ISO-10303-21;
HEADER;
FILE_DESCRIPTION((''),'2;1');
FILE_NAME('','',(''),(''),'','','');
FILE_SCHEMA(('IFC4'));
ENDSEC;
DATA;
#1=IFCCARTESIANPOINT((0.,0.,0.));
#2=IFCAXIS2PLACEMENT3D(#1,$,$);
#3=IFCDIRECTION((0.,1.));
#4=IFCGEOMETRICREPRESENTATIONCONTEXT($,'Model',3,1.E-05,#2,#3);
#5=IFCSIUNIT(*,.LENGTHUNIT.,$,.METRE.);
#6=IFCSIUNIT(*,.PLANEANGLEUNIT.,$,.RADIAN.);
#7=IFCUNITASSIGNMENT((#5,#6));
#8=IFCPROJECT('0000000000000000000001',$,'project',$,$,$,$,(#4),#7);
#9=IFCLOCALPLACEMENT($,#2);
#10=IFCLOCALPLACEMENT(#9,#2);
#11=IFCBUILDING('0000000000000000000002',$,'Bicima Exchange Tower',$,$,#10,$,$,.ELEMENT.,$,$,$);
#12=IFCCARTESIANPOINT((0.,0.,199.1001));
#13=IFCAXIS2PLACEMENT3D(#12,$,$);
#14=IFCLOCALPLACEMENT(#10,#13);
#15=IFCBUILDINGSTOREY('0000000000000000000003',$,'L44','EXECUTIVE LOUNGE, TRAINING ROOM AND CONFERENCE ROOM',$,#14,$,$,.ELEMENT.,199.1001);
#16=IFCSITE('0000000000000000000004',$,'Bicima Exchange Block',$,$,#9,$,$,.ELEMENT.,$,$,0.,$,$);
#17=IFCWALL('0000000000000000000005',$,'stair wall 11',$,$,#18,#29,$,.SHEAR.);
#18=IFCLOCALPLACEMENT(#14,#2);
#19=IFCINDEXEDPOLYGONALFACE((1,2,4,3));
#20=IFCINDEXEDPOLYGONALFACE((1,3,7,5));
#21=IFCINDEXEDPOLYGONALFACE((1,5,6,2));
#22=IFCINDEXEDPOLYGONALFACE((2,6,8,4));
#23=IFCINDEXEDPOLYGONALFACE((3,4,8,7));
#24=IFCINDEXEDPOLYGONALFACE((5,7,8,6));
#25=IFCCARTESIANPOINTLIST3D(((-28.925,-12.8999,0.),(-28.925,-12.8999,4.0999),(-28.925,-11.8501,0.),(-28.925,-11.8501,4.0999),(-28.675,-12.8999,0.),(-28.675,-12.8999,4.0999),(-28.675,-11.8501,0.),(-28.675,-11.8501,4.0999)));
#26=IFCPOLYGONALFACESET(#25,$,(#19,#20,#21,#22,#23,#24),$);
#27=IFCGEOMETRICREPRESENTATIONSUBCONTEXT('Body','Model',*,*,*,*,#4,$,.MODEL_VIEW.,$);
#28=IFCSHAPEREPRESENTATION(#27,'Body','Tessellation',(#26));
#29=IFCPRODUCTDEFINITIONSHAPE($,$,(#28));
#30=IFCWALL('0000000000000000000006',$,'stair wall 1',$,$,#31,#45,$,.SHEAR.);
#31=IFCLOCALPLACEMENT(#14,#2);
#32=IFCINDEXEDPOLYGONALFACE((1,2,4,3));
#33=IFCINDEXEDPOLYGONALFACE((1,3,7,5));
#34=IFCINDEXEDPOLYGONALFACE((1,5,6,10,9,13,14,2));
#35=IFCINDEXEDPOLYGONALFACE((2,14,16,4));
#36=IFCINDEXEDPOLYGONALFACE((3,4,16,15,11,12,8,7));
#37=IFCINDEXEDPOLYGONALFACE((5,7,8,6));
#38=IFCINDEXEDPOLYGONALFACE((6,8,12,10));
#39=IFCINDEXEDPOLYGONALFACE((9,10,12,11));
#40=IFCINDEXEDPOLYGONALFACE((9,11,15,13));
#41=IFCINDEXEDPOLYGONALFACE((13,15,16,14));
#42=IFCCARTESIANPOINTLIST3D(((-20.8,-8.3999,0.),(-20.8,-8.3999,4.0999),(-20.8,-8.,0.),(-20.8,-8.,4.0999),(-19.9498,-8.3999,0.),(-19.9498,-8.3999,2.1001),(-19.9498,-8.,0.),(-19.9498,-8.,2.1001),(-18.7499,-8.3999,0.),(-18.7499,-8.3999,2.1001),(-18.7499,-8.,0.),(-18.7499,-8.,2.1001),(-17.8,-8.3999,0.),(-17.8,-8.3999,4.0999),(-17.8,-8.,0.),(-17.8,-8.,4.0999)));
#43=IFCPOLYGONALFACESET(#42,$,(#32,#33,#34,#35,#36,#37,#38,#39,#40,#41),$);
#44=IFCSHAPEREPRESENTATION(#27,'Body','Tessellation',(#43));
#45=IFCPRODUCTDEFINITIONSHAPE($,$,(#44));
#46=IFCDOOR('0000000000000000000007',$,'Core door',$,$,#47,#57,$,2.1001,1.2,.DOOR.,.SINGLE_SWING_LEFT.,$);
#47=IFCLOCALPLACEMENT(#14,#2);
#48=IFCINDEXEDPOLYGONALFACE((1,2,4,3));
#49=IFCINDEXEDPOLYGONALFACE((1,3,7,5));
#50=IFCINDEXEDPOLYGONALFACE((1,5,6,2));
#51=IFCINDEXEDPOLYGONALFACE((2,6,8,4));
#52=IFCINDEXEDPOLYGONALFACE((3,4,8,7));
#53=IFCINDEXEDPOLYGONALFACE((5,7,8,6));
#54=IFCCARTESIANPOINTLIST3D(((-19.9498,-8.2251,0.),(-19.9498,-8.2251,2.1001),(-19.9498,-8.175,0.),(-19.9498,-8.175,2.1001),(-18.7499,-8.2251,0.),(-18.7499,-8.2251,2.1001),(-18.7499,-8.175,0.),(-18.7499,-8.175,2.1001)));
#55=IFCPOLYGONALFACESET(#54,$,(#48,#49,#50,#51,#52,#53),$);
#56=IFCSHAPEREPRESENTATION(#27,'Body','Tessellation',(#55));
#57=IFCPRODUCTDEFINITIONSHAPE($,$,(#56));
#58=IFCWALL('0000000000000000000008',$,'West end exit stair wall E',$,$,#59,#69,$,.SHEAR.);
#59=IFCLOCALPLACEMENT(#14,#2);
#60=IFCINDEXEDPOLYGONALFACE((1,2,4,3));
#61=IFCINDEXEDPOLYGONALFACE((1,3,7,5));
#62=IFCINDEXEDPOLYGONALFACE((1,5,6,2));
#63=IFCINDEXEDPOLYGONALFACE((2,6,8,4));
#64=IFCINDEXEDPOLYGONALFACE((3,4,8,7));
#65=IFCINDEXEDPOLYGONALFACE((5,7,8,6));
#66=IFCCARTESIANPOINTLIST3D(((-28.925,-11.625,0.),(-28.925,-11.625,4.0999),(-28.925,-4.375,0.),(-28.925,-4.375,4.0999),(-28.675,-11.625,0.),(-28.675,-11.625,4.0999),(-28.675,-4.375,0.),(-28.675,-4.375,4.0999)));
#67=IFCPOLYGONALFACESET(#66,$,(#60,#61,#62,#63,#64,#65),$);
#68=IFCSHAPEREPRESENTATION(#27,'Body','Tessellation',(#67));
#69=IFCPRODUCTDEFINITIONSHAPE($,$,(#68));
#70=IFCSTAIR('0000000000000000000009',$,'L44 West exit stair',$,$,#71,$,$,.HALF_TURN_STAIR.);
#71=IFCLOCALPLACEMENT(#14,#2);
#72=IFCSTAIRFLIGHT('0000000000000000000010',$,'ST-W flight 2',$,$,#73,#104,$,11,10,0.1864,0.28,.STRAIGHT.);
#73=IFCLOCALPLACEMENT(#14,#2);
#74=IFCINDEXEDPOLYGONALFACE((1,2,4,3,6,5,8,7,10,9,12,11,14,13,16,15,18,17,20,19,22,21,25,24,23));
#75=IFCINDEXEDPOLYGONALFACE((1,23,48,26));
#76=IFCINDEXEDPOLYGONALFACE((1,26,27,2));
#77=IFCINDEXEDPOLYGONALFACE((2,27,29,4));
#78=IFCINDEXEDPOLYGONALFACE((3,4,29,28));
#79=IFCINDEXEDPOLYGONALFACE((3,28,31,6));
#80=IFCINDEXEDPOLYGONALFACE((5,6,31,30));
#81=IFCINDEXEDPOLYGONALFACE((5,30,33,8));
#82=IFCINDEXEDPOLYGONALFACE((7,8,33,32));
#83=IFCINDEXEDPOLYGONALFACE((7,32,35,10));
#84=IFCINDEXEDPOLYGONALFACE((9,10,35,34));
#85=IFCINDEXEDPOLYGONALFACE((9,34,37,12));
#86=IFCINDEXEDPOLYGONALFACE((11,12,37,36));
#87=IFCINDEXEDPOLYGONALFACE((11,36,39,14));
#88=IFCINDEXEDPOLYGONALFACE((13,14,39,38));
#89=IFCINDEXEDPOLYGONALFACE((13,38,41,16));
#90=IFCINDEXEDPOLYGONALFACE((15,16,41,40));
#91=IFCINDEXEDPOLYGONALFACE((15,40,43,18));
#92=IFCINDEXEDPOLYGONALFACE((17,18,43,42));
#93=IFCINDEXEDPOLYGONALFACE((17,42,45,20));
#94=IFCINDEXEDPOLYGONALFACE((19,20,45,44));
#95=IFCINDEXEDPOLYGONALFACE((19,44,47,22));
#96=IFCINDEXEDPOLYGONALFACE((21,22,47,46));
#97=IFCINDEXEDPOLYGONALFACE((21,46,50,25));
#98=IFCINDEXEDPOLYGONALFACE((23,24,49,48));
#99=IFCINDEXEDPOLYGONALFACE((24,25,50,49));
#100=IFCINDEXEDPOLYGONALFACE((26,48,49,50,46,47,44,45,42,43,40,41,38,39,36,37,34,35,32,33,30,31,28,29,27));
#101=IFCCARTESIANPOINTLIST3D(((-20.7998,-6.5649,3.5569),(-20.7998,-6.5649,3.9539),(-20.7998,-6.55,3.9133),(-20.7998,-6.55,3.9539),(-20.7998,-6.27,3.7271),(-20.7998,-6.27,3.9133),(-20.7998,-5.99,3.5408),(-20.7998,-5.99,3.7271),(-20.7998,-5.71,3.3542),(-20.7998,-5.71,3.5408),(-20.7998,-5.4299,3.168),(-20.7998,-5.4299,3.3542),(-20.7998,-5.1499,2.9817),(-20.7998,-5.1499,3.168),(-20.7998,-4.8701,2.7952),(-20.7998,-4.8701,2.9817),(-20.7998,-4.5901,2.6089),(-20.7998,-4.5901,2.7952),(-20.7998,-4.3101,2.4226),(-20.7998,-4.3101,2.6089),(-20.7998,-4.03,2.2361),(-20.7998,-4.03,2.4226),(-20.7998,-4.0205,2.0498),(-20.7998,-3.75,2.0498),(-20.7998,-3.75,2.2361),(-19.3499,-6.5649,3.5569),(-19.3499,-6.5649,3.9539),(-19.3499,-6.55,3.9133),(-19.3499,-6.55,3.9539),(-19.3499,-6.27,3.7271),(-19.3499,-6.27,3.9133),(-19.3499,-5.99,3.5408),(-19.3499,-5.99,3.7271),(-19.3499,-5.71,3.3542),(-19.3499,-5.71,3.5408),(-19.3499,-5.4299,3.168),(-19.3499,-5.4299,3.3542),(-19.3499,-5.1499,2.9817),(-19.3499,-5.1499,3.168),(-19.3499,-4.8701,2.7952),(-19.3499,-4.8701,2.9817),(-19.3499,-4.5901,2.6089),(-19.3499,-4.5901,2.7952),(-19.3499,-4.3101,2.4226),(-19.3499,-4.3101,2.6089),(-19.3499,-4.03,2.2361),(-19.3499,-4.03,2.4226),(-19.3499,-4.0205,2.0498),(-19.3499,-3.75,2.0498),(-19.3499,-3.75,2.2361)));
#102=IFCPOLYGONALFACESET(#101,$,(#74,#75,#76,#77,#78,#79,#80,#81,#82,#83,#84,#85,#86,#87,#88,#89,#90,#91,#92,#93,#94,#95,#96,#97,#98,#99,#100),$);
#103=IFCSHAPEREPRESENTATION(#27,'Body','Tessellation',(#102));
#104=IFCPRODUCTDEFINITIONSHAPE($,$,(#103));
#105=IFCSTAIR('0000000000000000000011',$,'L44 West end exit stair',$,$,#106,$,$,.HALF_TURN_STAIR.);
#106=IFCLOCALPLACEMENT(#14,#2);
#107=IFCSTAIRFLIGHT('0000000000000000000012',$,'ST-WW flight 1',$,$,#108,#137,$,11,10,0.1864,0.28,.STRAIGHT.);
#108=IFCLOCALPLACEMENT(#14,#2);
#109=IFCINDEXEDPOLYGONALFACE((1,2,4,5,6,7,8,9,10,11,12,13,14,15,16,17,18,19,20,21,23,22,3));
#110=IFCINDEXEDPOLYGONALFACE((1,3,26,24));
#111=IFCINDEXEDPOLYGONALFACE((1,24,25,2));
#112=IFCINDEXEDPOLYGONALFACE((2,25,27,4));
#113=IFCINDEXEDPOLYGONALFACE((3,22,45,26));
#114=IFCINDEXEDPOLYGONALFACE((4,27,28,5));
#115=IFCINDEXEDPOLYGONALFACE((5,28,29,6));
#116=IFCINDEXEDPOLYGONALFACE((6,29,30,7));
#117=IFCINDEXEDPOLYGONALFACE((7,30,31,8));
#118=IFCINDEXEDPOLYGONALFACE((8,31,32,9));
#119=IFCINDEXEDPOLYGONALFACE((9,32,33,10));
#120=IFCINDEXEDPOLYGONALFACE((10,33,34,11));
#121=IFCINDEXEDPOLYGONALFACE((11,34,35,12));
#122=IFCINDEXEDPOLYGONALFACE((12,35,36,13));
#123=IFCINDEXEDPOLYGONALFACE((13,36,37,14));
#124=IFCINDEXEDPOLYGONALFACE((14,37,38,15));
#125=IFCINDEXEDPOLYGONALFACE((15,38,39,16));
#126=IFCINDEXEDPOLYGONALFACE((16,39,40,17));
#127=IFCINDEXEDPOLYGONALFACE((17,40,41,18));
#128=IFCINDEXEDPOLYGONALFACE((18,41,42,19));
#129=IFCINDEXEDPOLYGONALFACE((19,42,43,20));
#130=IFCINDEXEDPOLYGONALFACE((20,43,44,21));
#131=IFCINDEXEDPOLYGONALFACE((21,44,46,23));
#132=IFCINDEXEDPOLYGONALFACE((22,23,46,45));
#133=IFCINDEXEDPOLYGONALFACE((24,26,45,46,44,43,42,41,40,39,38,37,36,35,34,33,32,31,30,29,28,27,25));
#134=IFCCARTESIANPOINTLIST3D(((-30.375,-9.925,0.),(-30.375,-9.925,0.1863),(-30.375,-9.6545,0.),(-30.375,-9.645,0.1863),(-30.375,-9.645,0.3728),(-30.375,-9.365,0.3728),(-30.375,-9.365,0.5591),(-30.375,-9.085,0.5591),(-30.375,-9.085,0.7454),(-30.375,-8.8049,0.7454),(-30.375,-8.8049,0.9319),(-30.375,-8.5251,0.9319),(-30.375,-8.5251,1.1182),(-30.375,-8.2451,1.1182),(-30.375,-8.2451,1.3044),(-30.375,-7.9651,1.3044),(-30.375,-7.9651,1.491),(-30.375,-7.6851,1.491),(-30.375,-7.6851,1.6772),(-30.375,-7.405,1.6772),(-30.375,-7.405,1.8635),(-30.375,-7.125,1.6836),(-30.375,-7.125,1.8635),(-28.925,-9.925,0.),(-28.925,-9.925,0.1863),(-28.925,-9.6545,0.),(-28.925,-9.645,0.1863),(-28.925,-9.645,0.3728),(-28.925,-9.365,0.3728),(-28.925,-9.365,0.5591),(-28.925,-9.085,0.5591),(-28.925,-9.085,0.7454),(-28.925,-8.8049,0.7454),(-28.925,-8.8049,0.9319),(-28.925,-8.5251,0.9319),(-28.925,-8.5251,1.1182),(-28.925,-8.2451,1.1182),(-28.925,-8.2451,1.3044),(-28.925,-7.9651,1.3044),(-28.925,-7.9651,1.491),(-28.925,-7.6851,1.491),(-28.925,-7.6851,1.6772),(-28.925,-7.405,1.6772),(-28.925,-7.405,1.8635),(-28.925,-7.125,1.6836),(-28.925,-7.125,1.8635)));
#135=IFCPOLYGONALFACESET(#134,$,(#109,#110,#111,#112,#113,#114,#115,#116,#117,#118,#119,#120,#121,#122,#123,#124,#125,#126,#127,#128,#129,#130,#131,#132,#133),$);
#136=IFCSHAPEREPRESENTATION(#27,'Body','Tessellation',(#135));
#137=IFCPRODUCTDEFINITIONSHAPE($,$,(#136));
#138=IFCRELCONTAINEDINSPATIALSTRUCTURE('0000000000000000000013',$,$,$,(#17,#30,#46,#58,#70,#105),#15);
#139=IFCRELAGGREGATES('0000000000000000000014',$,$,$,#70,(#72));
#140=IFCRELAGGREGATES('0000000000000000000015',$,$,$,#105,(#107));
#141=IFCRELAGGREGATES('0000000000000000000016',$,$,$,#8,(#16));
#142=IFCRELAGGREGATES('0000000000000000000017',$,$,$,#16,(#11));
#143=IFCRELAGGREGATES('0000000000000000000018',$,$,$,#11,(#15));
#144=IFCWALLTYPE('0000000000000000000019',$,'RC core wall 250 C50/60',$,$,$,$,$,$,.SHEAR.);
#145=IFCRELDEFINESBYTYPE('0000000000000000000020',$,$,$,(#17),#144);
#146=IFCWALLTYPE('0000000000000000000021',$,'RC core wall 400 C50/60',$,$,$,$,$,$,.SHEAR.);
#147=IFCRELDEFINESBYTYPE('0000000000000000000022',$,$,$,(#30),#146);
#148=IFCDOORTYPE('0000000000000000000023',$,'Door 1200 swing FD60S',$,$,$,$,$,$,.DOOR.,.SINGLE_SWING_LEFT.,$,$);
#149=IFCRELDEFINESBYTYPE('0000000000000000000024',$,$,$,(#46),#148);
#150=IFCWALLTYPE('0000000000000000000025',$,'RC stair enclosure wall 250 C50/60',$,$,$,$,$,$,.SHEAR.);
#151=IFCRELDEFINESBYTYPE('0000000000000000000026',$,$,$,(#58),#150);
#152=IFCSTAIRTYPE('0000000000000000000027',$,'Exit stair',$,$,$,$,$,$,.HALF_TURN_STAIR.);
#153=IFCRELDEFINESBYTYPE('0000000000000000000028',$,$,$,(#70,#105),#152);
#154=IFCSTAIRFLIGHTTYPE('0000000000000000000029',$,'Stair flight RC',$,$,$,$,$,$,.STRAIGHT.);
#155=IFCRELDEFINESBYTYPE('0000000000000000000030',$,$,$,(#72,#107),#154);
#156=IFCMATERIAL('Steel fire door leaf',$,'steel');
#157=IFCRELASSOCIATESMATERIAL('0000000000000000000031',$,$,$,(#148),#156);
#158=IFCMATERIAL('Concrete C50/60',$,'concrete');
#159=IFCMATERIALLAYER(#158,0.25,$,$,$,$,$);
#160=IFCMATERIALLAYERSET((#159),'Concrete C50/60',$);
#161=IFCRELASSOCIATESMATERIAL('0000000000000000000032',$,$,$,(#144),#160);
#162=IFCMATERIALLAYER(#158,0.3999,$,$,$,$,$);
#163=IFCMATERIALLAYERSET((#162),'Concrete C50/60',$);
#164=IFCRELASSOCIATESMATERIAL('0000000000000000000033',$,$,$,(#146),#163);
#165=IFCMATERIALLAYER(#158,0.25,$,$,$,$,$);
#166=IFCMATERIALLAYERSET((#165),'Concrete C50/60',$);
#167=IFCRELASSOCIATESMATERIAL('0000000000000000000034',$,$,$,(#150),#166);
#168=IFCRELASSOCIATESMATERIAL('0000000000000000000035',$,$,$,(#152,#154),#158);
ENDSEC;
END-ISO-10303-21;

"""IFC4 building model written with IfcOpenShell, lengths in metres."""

from ifc_helpers import new_model, si_unit, direction, frame, frame_2d, origin, place, context, subcontext, project, spatial, polyline, rectangle, outline, extrude, material, layer, layer_set, type_object, element, fill, aggregate, save


model = new_model("IFC4")

# Units and contexts
model_context = context("Model", 3, precision=1e-05, world=origin(), true_north=direction((0.0, 1.0)))
body_context = subcontext(model_context, "Body", "Model", "MODEL_VIEW")
ifc_project = project(units=[si_unit("LENGTHUNIT", "METRE"), si_unit("PLANEANGLEUNIT", "RADIAN")], contexts=[model_context])

# Site, building, storey
site_placement = place(None, origin())
site = spatial("IfcSite", under=ifc_project, at=site_placement, Name="Bicima Exchange Block", CompositionType="ELEMENT", RefElevation=0.0)
building_placement = place(site_placement, origin())
building = spatial("IfcBuilding", under=site, at=building_placement, Name="Bicima Exchange Tower", CompositionType="ELEMENT")
storey_placement = place(building_placement, frame((0.0, 0.0, 199.1001)))
storey = spatial("IfcBuildingStorey", under=building, at=storey_placement, Name="L44", Description="EXECUTIVE LOUNGE, TRAINING ROOM AND CONFERENCE ROOM", CompositionType="ELEMENT", Elevation=199.1001)

# Shared definitions
ifc_material_1 = material(Name="Concrete C50/60", Category="concrete")
ifc_material_2 = material(Name="Steel fire door leaf", Category="steel")
door_type_1 = type_object("IfcDoorType", Name="Door 1200 swing FD60S", OperationType="SINGLE_SWING_LEFT", PredefinedType="DOOR", material=ifc_material_2)

# Wall
ifc_layer_1 = layer(ifc_material_1, 0.25)
ifc_layer_set_1 = layer_set([ifc_layer_1], Name="Concrete C50/60")
wall_type_1 = type_object("IfcWallType", Name="RC core wall 250 C50/60", PredefinedType="SHEAR", material=ifc_layer_set_1)
wall_1_placement = place(storey_placement, frame((-28.8, -12.8999, 0.0), z_axis=(0.0, 0.0, 1.0), x_axis=(0.0, 1.0, 0.0)))
element("IfcWall", 1, at=wall_1_placement, inside=storey, type_object=wall_type_1, Name="stair wall 11", PredefinedType="SHEAR", context=body_context, shape_type="SweptSolid", body=[
    extrude(rectangle(XDim=1.0498, YDim=0.25, at=frame_2d((0.5249, 0.0))), origin(), (0.0, 0.0, 1.0), 4.0999),
])

# Wall, opening, door
ifc_layer_2 = layer(ifc_material_1, 0.3999)
ifc_layer_set_2 = layer_set([ifc_layer_2], Name="Concrete C50/60")
wall_type_2 = type_object("IfcWallType", Name="RC core wall 400 C50/60", PredefinedType="SHEAR", material=ifc_layer_set_2)
wall_2_placement = place(storey_placement, frame((-20.8, -8.2, 0.0), z_axis=(0.0, 0.0, 1.0), x_axis=(1.0, 0.0, 0.0)))
wall_2 = element("IfcWall", 2, at=wall_2_placement, inside=storey, type_object=wall_type_2, Name="stair wall 1", PredefinedType="SHEAR", context=body_context, shape_type="SweptSolid", body=[
    extrude(rectangle(XDim=3.0, YDim=0.3999, at=frame_2d((1.5, 0.0))), origin(), (0.0, 0.0, 1.0), 4.0999),
])
opening_1_placement = place(wall_2_placement, frame((0.8501, 0.0, 0.0)))
opening_1 = element("IfcOpeningElement", 3, at=opening_1_placement, cuts=wall_2, PredefinedType="OPENING", context=body_context, shape_type="SweptSolid", body=[
    extrude(rectangle(XDim=1.2, YDim=2.1001, at=frame_2d((0.6001, 1.05))), frame((0.0, 0.2119, 0.0), z_axis=(0.0, -1.0, 0.0), x_axis=(1.0, 0.0, 0.0)), (0.0, 0.0, 1.0), 0.4238),
])
door_1_placement = place(opening_1_placement, origin())
door_1 = element("IfcDoor", 4, at=door_1_placement, inside=storey, type_object=door_type_1, Name="Core door", OperationType="SINGLE_SWING_LEFT", OverallHeight=2.1001, OverallWidth=1.2, PredefinedType="DOOR", context=body_context, shape_type="SweptSolid", body=[
    extrude(rectangle(XDim=1.2, YDim=2.1001, at=frame_2d((0.6001, 1.05))), frame((0.0, 0.0249, 0.0), z_axis=(0.0, -1.0, 0.0), x_axis=(1.0, 0.0, 0.0)), (0.0, 0.0, 1.0), 0.05),
])
fill(opening_1, door_1)

# Wall
ifc_layer_3 = layer(ifc_material_1, 0.25)
ifc_layer_set_3 = layer_set([ifc_layer_3], Name="Concrete C50/60")
wall_type_3 = type_object("IfcWallType", Name="RC stair enclosure wall 250 C50/60", PredefinedType="SHEAR", material=ifc_layer_set_3)
wall_3_placement = place(storey_placement, frame((-28.8, -11.625, 0.0), z_axis=(0.0, 0.0, 1.0), x_axis=(0.0, 1.0, 0.0)))
element("IfcWall", 5, at=wall_3_placement, inside=storey, type_object=wall_type_3, Name="West end exit stair wall E", PredefinedType="SHEAR", context=body_context, shape_type="SweptSolid", body=[
    extrude(rectangle(XDim=7.25, YDim=0.25, at=frame_2d((3.625, 0.0))), origin(), (0.0, 0.0, 1.0), 4.0999),
])

# Stairs, stair flights
stair_type = type_object("IfcStairType", Name="Exit stair", PredefinedType="HALF_TURN_STAIR", material=ifc_material_1)
stair_1_placement = place(storey_placement, origin())
stair_1 = element("IfcStair", 6, at=stair_1_placement, inside=storey, type_object=stair_type, Name="L44 West exit stair", PredefinedType="HALF_TURN_STAIR")
stair_flight_type = type_object("IfcStairFlightType", Name="Stair flight RC", PredefinedType="STRAIGHT", material=ifc_material_1)
stair_flight_1_placement = place(storey_placement, frame((-20.075, -3.75, 2.0498), z_axis=(0.0, 0.0, 1.0), x_axis=(0.0, -1.0, 0.0)))
stair_flight_1 = element("IfcStairFlight", 7, at=stair_flight_1_placement, type_object=stair_flight_type, Name="ST-W flight 2", NumberOfRisers=11, NumberOfTreads=10, PredefinedType="STRAIGHT", RiserHeight=0.1864, TreadLength=0.28, context=body_context, shape_type="SweptSolid", body=[
    extrude(outline(polyline([(0.0, 0.0), (0.0, 0.1863), (0.28, 0.1863), (0.28, 0.3728), (0.5601, 0.3728), (0.5601, 0.5591), (0.8401, 0.5591), (0.8401, 0.7454), (1.1201, 0.7454), (1.1201, 0.9319), (1.3999, 0.9319), (1.3999, 1.1182), (1.6799, 1.1182), (1.6799, 1.3044), (1.96, 1.3044), (1.96, 1.491), (2.24, 1.491), (2.24, 1.6772), (2.52, 1.6772), (2.52, 1.8635), (2.8, 1.8635), (2.8, 1.9041), (2.8149, 1.9041), (2.8149, 1.5071), (0.2705, 0.0), (0.0, 0.0)])), frame((0.0, 0.7251, 0.0), z_axis=(0.0, -1.0, 0.0), x_axis=(1.0, 0.0, 0.0)), (0.0, 0.0, 1.0), 1.45),
])
aggregate(stair_1, [stair_flight_1])
stair_2_placement = place(storey_placement, origin())
stair_2 = element("IfcStair", 8, at=stair_2_placement, inside=storey, type_object=stair_type, Name="L44 West end exit stair", PredefinedType="HALF_TURN_STAIR")
stair_flight_2_placement = place(storey_placement, frame((-29.6499, -9.925, 0.0), z_axis=(0.0, 0.0, 1.0), x_axis=(0.0, 1.0, 0.0)))
stair_flight_2 = element("IfcStairFlight", 9, at=stair_flight_2_placement, type_object=stair_flight_type, Name="ST-WW flight 1", NumberOfRisers=11, NumberOfTreads=10, PredefinedType="STRAIGHT", RiserHeight=0.1864, TreadLength=0.28, context=body_context, shape_type="SweptSolid", body=[
    extrude(outline(polyline([(0.0, 0.0), (0.0, 0.1863), (0.28, 0.1863), (0.28, 0.3728), (0.5601, 0.3728), (0.5601, 0.5591), (0.8401, 0.5591), (0.8401, 0.7454), (1.1201, 0.7454), (1.1201, 0.9319), (1.3999, 0.9319), (1.3999, 1.1182), (1.6799, 1.1182), (1.6799, 1.3044), (1.96, 1.3044), (1.96, 1.491), (2.24, 1.491), (2.24, 1.6772), (2.52, 1.6772), (2.52, 1.8635), (2.8, 1.8635), (2.8, 2.05), (2.8, 1.6836), (0.2705, 0.0), (0.0, 0.0)])), frame((0.0, 0.7251, 0.0), z_axis=(0.0, -1.0, 0.0), x_axis=(1.0, 0.0, 0.0)), (0.0, 0.0, 1.0), 1.45),
])
aggregate(stair_2, [stair_flight_2])

save(model, "model.ifc")
